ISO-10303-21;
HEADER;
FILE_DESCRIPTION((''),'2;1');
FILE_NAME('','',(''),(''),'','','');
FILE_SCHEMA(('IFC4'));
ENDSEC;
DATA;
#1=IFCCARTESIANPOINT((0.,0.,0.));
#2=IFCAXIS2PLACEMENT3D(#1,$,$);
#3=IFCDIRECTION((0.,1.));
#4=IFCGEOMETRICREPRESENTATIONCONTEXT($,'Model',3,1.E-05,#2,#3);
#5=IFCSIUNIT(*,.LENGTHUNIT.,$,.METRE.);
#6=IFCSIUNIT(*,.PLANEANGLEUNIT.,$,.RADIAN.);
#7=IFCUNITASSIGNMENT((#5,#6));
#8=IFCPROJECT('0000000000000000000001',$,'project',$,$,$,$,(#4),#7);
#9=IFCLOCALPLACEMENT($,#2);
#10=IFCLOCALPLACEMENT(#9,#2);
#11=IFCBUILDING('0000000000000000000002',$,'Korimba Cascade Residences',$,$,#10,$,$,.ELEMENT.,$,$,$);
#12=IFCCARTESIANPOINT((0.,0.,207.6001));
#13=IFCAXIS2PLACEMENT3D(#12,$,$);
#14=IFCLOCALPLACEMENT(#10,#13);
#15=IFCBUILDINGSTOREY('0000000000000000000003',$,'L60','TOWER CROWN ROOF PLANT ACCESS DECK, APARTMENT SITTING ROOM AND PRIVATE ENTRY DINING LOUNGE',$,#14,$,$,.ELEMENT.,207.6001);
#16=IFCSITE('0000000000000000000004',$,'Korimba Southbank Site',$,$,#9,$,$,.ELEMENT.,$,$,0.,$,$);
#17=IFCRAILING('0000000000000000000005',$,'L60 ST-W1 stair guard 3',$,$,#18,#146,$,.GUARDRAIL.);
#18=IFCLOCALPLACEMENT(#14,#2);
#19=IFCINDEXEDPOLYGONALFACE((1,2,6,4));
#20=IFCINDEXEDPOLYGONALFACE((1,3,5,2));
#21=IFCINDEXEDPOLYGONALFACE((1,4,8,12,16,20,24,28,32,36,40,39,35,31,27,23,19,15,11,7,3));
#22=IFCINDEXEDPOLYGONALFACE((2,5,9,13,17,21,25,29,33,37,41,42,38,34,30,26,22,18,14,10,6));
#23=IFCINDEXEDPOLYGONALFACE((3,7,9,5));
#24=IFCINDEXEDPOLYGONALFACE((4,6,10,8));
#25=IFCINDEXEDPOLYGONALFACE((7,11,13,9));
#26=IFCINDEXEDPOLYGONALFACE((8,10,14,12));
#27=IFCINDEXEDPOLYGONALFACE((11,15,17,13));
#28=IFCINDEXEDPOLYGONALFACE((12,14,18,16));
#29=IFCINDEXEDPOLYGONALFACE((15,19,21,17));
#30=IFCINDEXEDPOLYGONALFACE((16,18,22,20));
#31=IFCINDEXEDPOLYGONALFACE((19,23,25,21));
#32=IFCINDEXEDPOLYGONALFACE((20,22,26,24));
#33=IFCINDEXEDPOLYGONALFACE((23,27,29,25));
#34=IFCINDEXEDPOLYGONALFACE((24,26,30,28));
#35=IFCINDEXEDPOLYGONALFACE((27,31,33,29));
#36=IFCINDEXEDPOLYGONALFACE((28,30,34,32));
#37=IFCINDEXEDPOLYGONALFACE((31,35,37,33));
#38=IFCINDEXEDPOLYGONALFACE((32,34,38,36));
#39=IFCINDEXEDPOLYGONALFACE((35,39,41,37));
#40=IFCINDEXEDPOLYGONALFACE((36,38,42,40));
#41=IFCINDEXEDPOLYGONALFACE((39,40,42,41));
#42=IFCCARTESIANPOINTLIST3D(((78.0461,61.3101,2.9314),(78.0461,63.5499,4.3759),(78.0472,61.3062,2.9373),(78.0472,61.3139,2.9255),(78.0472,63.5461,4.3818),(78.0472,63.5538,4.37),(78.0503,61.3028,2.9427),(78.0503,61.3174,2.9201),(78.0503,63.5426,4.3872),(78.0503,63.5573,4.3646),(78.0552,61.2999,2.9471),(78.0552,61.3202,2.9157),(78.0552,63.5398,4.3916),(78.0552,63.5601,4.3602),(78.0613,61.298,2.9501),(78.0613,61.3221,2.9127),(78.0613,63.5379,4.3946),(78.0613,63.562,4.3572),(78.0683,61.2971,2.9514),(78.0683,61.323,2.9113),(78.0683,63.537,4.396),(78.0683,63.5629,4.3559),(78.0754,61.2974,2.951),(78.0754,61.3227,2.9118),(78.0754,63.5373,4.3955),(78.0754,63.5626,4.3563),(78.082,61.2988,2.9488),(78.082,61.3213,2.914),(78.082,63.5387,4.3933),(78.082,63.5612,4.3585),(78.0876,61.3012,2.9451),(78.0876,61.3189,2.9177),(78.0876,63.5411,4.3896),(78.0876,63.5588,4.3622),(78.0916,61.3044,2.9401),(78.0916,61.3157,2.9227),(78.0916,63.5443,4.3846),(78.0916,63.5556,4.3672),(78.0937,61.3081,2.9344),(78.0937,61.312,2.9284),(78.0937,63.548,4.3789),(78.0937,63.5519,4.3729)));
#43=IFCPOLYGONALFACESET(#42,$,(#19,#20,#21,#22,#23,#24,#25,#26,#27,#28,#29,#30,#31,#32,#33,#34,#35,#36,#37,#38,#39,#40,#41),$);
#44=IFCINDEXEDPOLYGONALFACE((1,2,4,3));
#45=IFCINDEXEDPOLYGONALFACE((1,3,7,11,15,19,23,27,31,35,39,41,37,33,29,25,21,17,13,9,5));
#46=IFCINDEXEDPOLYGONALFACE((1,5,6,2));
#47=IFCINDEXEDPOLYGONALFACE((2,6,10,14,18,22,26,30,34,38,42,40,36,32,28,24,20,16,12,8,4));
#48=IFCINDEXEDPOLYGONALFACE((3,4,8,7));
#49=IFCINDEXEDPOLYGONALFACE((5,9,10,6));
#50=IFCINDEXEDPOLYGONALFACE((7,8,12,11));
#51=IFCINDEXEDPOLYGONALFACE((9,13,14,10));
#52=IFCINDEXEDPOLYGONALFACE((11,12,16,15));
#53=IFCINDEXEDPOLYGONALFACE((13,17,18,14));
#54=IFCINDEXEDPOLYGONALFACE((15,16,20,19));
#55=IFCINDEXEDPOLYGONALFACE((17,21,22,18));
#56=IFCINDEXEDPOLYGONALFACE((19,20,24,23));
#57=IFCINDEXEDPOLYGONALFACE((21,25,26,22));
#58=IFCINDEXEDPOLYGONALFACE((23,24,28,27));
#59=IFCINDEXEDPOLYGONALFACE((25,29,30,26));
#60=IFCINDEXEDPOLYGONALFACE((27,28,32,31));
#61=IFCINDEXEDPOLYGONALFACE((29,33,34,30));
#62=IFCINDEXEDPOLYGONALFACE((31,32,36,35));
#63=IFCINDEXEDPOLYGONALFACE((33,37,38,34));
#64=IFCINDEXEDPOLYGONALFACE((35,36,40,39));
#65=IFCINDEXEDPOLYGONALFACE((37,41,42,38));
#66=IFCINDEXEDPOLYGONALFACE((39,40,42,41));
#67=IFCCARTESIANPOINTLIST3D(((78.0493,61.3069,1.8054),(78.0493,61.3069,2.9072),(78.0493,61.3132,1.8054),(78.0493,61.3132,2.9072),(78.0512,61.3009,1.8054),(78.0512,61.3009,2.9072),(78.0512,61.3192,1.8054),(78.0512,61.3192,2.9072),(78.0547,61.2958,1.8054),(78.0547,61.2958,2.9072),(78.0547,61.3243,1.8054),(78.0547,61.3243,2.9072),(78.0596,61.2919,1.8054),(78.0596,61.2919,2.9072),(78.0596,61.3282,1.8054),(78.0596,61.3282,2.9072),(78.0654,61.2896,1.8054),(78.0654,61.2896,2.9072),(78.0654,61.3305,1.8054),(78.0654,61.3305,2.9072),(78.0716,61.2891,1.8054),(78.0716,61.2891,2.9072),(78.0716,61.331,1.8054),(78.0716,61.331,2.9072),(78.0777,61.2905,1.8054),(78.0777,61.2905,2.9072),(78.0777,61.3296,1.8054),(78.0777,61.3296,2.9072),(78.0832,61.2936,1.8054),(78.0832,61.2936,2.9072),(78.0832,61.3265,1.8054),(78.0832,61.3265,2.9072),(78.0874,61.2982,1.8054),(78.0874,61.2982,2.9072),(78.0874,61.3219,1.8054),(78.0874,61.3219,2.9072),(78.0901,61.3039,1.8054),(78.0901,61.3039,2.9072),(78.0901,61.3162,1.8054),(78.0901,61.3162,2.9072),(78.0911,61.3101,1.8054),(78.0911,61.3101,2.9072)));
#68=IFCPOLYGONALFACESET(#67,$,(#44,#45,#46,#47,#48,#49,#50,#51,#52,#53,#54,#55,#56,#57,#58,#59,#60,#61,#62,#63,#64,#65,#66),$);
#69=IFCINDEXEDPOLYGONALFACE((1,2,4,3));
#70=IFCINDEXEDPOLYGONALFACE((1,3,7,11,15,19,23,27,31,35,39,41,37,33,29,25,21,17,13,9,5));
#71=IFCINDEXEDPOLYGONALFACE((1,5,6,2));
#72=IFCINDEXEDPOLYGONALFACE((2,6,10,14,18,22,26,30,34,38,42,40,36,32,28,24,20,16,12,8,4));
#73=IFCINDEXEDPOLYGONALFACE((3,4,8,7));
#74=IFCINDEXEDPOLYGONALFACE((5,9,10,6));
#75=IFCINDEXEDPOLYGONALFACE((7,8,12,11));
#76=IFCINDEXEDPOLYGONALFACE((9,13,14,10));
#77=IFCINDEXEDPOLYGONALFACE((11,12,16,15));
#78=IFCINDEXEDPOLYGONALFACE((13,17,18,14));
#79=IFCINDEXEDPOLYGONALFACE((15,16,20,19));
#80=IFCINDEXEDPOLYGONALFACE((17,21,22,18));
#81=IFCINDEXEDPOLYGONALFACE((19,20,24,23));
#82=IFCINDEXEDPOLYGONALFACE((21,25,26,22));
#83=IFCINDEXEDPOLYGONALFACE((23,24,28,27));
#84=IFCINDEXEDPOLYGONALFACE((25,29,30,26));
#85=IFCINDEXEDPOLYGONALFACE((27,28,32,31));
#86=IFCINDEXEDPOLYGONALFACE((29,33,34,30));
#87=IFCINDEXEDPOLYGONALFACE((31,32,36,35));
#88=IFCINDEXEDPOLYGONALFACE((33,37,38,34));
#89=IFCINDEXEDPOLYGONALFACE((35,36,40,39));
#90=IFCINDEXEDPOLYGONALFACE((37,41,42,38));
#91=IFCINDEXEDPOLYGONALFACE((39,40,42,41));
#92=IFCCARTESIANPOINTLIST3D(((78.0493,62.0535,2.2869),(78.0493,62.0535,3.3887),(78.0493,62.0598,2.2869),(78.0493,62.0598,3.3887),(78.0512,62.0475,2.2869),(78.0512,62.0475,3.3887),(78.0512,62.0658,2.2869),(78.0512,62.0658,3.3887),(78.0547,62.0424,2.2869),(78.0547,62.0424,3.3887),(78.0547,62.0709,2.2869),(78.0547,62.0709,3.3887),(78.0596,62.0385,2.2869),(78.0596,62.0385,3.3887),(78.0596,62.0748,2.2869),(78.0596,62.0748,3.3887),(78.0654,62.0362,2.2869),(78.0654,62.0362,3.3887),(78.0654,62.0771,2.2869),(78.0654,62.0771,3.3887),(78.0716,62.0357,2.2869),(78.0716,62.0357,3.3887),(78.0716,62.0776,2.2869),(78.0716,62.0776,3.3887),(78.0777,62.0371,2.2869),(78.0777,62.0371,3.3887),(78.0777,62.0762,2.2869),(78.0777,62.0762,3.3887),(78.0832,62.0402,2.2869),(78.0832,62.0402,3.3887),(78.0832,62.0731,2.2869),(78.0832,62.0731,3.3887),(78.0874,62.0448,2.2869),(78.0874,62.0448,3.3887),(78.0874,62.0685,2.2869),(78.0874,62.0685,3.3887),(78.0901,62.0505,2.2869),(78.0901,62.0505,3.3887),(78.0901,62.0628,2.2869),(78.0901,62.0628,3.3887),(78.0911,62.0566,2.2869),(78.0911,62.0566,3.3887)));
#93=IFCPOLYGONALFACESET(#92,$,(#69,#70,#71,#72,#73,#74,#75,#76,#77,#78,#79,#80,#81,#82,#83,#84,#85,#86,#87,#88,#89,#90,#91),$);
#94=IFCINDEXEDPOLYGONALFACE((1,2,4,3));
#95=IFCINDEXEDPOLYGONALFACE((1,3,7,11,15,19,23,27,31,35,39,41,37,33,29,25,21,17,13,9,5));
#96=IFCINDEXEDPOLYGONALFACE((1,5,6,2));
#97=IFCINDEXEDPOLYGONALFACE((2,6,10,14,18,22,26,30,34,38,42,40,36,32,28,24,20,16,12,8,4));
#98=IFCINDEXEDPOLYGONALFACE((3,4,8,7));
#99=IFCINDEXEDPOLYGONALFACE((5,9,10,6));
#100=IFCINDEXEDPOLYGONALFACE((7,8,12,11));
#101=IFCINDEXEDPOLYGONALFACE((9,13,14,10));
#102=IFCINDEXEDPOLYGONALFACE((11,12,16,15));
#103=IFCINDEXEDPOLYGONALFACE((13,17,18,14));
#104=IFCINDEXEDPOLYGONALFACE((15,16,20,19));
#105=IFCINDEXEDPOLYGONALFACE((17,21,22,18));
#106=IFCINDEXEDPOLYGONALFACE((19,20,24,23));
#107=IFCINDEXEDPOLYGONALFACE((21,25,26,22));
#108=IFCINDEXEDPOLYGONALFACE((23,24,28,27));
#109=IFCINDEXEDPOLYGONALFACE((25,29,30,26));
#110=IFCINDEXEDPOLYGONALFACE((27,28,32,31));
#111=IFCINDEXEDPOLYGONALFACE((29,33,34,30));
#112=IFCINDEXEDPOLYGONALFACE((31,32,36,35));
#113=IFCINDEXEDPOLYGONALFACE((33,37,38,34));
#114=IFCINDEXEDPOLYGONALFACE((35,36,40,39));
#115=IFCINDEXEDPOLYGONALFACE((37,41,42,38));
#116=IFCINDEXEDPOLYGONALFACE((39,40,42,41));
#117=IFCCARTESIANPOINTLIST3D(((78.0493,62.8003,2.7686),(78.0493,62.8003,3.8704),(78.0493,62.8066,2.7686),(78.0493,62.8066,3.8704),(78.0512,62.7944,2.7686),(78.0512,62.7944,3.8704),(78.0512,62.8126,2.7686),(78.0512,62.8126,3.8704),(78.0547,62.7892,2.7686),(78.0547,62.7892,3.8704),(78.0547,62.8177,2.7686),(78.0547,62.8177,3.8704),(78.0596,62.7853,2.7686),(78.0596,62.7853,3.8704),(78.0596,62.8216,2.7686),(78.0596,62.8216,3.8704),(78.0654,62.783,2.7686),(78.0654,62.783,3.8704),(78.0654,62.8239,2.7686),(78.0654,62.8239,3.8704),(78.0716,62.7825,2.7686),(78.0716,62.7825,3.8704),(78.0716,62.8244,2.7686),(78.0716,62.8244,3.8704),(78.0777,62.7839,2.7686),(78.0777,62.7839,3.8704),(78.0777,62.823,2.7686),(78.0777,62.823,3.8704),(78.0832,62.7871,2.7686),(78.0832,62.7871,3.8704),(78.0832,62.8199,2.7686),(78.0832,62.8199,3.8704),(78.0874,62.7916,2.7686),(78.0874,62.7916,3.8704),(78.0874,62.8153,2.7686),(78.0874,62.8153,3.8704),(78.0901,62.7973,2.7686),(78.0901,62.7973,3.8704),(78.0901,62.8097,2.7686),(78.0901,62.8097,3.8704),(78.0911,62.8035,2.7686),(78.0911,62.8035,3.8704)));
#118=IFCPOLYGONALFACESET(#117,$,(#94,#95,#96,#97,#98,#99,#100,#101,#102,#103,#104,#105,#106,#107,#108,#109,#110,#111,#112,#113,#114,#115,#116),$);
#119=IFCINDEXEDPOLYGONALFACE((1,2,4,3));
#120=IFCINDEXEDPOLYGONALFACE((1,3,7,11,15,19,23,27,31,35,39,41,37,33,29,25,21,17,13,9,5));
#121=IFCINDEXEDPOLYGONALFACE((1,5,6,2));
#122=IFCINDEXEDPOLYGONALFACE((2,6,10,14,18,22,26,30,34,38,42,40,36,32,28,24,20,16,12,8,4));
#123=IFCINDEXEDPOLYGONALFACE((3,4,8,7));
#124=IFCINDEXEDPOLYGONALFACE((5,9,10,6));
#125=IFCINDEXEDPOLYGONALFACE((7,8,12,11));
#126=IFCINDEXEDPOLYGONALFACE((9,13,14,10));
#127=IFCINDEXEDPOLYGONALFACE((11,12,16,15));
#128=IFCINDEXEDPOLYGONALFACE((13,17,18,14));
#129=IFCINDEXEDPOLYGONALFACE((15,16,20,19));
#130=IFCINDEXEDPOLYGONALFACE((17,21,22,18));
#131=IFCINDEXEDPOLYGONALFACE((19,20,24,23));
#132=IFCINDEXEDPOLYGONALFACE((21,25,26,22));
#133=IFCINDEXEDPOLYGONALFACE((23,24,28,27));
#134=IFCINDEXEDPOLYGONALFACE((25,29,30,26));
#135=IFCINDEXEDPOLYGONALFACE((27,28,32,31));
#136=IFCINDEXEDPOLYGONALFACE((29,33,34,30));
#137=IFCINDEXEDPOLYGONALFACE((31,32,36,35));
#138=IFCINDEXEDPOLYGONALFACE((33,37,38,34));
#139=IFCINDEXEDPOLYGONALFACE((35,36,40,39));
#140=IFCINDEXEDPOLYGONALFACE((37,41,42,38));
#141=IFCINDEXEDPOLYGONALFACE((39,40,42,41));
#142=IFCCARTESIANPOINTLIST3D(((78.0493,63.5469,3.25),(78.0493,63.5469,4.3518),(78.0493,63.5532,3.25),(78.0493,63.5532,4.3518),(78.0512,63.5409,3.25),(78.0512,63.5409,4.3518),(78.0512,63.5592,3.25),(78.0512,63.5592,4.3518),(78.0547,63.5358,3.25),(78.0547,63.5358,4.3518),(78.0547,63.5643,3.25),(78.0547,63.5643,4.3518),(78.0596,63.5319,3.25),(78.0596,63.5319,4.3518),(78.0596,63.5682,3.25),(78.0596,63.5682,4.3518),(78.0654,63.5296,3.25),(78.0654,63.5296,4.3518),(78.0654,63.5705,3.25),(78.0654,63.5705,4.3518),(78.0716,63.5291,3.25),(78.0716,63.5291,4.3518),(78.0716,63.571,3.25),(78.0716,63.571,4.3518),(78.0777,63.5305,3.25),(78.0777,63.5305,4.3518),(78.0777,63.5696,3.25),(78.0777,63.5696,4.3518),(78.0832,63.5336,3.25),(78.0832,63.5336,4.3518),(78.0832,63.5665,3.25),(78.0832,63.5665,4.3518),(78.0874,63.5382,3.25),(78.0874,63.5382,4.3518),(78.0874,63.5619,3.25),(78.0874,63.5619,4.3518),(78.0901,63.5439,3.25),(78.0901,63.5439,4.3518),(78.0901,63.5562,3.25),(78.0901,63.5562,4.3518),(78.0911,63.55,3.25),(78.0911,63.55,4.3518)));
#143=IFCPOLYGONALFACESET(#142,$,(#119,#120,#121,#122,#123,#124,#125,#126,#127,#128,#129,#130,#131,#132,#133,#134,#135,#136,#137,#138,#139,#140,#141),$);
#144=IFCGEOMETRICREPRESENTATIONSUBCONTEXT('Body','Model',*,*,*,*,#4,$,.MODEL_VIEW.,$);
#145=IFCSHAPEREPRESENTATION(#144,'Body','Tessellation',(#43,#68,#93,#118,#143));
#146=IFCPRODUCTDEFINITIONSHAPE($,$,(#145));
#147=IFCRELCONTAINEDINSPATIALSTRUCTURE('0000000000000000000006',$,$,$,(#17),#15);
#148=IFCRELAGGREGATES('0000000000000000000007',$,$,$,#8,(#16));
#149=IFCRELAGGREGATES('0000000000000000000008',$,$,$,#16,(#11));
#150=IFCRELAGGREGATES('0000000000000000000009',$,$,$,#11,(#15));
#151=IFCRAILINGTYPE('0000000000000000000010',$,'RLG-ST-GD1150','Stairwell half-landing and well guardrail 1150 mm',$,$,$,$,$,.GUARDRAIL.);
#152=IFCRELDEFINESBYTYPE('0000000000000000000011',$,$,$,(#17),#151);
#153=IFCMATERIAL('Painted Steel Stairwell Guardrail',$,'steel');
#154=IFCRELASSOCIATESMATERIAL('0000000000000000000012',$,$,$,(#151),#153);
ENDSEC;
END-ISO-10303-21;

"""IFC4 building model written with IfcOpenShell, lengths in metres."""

from ifc_helpers import new_model, si_unit, direction, frame, origin, origin_2d, place, context, subcontext, project, spatial, circle, extrude, material, type_object, element, save


model = new_model("IFC4")

# Units and contexts
model_context = context("Model", 3, precision=1e-05, world=origin(), true_north=direction((0.0, 1.0)))
body_context = subcontext(model_context, "Body", "Model", "MODEL_VIEW")
ifc_project = project(units=[si_unit("LENGTHUNIT", "METRE"), si_unit("PLANEANGLEUNIT", "RADIAN")], contexts=[model_context])

# Site, building, storey
site_placement = place(None, origin())
site = spatial("IfcSite", under=ifc_project, at=site_placement, Name="Korimba Southbank Site", CompositionType="ELEMENT", RefElevation=0.0)
building_placement = place(site_placement, origin())
building = spatial("IfcBuilding", under=site, at=building_placement, Name="Korimba Cascade Residences", CompositionType="ELEMENT")
storey_placement = place(building_placement, frame((0.0, 0.0, 207.6001)))
storey = spatial("IfcBuildingStorey", under=building, at=storey_placement, Name="L60", Description="TOWER CROWN ROOF PLANT ACCESS DECK, APARTMENT SITTING ROOM AND PRIVATE ENTRY DINING LOUNGE", CompositionType="ELEMENT", Elevation=207.6001)

# Railing
ifc_material_1 = material(Name="Painted Steel Stairwell Guardrail", Category="steel")
railing_type_1 = type_object("IfcRailingType", Name="RLG-ST-GD1150", Description="Stairwell half-landing and well guardrail 1150 mm", PredefinedType="GUARDRAIL", material=ifc_material_1)
railing_1_placement = place(storey_placement, frame((78.0701, 61.3101, 1.8054)))
element("IfcRailing", 1, at=railing_1_placement, inside=storey, type_object=railing_type_1, Name="L60 ST-W1 stair guard 3", PredefinedType="GUARDRAIL", context=body_context, shape_type="SweptSolid", body=[
    extrude(circle(Radius=0.0239, at=origin_2d()), frame((0.0, 0.0, 1.126), z_axis=(0.0, 0.840395, 0.541975), x_axis=(-1.0, 0.0, 0.0)), (0.0, 0.0, 1.0), 2.6653),
    extrude(circle(Radius=0.021, at=origin_2d()), origin(), (0.0, 0.0, 1.0), 1.1018),
    extrude(circle(Radius=0.021, at=origin_2d()), frame((0.0, 0.7466, 0.4814)), (0.0, 0.0, 1.0), 1.1018),
    extrude(circle(Radius=0.021, at=origin_2d()), frame((0.0, 1.4934, 0.9631)), (0.0, 0.0, 1.0), 1.1018),
    extrude(circle(Radius=0.021, at=origin_2d()), frame((0.0, 2.24, 1.4446)), (0.0, 0.0, 1.0), 1.1018),
])

save(model, "model.ifc")
